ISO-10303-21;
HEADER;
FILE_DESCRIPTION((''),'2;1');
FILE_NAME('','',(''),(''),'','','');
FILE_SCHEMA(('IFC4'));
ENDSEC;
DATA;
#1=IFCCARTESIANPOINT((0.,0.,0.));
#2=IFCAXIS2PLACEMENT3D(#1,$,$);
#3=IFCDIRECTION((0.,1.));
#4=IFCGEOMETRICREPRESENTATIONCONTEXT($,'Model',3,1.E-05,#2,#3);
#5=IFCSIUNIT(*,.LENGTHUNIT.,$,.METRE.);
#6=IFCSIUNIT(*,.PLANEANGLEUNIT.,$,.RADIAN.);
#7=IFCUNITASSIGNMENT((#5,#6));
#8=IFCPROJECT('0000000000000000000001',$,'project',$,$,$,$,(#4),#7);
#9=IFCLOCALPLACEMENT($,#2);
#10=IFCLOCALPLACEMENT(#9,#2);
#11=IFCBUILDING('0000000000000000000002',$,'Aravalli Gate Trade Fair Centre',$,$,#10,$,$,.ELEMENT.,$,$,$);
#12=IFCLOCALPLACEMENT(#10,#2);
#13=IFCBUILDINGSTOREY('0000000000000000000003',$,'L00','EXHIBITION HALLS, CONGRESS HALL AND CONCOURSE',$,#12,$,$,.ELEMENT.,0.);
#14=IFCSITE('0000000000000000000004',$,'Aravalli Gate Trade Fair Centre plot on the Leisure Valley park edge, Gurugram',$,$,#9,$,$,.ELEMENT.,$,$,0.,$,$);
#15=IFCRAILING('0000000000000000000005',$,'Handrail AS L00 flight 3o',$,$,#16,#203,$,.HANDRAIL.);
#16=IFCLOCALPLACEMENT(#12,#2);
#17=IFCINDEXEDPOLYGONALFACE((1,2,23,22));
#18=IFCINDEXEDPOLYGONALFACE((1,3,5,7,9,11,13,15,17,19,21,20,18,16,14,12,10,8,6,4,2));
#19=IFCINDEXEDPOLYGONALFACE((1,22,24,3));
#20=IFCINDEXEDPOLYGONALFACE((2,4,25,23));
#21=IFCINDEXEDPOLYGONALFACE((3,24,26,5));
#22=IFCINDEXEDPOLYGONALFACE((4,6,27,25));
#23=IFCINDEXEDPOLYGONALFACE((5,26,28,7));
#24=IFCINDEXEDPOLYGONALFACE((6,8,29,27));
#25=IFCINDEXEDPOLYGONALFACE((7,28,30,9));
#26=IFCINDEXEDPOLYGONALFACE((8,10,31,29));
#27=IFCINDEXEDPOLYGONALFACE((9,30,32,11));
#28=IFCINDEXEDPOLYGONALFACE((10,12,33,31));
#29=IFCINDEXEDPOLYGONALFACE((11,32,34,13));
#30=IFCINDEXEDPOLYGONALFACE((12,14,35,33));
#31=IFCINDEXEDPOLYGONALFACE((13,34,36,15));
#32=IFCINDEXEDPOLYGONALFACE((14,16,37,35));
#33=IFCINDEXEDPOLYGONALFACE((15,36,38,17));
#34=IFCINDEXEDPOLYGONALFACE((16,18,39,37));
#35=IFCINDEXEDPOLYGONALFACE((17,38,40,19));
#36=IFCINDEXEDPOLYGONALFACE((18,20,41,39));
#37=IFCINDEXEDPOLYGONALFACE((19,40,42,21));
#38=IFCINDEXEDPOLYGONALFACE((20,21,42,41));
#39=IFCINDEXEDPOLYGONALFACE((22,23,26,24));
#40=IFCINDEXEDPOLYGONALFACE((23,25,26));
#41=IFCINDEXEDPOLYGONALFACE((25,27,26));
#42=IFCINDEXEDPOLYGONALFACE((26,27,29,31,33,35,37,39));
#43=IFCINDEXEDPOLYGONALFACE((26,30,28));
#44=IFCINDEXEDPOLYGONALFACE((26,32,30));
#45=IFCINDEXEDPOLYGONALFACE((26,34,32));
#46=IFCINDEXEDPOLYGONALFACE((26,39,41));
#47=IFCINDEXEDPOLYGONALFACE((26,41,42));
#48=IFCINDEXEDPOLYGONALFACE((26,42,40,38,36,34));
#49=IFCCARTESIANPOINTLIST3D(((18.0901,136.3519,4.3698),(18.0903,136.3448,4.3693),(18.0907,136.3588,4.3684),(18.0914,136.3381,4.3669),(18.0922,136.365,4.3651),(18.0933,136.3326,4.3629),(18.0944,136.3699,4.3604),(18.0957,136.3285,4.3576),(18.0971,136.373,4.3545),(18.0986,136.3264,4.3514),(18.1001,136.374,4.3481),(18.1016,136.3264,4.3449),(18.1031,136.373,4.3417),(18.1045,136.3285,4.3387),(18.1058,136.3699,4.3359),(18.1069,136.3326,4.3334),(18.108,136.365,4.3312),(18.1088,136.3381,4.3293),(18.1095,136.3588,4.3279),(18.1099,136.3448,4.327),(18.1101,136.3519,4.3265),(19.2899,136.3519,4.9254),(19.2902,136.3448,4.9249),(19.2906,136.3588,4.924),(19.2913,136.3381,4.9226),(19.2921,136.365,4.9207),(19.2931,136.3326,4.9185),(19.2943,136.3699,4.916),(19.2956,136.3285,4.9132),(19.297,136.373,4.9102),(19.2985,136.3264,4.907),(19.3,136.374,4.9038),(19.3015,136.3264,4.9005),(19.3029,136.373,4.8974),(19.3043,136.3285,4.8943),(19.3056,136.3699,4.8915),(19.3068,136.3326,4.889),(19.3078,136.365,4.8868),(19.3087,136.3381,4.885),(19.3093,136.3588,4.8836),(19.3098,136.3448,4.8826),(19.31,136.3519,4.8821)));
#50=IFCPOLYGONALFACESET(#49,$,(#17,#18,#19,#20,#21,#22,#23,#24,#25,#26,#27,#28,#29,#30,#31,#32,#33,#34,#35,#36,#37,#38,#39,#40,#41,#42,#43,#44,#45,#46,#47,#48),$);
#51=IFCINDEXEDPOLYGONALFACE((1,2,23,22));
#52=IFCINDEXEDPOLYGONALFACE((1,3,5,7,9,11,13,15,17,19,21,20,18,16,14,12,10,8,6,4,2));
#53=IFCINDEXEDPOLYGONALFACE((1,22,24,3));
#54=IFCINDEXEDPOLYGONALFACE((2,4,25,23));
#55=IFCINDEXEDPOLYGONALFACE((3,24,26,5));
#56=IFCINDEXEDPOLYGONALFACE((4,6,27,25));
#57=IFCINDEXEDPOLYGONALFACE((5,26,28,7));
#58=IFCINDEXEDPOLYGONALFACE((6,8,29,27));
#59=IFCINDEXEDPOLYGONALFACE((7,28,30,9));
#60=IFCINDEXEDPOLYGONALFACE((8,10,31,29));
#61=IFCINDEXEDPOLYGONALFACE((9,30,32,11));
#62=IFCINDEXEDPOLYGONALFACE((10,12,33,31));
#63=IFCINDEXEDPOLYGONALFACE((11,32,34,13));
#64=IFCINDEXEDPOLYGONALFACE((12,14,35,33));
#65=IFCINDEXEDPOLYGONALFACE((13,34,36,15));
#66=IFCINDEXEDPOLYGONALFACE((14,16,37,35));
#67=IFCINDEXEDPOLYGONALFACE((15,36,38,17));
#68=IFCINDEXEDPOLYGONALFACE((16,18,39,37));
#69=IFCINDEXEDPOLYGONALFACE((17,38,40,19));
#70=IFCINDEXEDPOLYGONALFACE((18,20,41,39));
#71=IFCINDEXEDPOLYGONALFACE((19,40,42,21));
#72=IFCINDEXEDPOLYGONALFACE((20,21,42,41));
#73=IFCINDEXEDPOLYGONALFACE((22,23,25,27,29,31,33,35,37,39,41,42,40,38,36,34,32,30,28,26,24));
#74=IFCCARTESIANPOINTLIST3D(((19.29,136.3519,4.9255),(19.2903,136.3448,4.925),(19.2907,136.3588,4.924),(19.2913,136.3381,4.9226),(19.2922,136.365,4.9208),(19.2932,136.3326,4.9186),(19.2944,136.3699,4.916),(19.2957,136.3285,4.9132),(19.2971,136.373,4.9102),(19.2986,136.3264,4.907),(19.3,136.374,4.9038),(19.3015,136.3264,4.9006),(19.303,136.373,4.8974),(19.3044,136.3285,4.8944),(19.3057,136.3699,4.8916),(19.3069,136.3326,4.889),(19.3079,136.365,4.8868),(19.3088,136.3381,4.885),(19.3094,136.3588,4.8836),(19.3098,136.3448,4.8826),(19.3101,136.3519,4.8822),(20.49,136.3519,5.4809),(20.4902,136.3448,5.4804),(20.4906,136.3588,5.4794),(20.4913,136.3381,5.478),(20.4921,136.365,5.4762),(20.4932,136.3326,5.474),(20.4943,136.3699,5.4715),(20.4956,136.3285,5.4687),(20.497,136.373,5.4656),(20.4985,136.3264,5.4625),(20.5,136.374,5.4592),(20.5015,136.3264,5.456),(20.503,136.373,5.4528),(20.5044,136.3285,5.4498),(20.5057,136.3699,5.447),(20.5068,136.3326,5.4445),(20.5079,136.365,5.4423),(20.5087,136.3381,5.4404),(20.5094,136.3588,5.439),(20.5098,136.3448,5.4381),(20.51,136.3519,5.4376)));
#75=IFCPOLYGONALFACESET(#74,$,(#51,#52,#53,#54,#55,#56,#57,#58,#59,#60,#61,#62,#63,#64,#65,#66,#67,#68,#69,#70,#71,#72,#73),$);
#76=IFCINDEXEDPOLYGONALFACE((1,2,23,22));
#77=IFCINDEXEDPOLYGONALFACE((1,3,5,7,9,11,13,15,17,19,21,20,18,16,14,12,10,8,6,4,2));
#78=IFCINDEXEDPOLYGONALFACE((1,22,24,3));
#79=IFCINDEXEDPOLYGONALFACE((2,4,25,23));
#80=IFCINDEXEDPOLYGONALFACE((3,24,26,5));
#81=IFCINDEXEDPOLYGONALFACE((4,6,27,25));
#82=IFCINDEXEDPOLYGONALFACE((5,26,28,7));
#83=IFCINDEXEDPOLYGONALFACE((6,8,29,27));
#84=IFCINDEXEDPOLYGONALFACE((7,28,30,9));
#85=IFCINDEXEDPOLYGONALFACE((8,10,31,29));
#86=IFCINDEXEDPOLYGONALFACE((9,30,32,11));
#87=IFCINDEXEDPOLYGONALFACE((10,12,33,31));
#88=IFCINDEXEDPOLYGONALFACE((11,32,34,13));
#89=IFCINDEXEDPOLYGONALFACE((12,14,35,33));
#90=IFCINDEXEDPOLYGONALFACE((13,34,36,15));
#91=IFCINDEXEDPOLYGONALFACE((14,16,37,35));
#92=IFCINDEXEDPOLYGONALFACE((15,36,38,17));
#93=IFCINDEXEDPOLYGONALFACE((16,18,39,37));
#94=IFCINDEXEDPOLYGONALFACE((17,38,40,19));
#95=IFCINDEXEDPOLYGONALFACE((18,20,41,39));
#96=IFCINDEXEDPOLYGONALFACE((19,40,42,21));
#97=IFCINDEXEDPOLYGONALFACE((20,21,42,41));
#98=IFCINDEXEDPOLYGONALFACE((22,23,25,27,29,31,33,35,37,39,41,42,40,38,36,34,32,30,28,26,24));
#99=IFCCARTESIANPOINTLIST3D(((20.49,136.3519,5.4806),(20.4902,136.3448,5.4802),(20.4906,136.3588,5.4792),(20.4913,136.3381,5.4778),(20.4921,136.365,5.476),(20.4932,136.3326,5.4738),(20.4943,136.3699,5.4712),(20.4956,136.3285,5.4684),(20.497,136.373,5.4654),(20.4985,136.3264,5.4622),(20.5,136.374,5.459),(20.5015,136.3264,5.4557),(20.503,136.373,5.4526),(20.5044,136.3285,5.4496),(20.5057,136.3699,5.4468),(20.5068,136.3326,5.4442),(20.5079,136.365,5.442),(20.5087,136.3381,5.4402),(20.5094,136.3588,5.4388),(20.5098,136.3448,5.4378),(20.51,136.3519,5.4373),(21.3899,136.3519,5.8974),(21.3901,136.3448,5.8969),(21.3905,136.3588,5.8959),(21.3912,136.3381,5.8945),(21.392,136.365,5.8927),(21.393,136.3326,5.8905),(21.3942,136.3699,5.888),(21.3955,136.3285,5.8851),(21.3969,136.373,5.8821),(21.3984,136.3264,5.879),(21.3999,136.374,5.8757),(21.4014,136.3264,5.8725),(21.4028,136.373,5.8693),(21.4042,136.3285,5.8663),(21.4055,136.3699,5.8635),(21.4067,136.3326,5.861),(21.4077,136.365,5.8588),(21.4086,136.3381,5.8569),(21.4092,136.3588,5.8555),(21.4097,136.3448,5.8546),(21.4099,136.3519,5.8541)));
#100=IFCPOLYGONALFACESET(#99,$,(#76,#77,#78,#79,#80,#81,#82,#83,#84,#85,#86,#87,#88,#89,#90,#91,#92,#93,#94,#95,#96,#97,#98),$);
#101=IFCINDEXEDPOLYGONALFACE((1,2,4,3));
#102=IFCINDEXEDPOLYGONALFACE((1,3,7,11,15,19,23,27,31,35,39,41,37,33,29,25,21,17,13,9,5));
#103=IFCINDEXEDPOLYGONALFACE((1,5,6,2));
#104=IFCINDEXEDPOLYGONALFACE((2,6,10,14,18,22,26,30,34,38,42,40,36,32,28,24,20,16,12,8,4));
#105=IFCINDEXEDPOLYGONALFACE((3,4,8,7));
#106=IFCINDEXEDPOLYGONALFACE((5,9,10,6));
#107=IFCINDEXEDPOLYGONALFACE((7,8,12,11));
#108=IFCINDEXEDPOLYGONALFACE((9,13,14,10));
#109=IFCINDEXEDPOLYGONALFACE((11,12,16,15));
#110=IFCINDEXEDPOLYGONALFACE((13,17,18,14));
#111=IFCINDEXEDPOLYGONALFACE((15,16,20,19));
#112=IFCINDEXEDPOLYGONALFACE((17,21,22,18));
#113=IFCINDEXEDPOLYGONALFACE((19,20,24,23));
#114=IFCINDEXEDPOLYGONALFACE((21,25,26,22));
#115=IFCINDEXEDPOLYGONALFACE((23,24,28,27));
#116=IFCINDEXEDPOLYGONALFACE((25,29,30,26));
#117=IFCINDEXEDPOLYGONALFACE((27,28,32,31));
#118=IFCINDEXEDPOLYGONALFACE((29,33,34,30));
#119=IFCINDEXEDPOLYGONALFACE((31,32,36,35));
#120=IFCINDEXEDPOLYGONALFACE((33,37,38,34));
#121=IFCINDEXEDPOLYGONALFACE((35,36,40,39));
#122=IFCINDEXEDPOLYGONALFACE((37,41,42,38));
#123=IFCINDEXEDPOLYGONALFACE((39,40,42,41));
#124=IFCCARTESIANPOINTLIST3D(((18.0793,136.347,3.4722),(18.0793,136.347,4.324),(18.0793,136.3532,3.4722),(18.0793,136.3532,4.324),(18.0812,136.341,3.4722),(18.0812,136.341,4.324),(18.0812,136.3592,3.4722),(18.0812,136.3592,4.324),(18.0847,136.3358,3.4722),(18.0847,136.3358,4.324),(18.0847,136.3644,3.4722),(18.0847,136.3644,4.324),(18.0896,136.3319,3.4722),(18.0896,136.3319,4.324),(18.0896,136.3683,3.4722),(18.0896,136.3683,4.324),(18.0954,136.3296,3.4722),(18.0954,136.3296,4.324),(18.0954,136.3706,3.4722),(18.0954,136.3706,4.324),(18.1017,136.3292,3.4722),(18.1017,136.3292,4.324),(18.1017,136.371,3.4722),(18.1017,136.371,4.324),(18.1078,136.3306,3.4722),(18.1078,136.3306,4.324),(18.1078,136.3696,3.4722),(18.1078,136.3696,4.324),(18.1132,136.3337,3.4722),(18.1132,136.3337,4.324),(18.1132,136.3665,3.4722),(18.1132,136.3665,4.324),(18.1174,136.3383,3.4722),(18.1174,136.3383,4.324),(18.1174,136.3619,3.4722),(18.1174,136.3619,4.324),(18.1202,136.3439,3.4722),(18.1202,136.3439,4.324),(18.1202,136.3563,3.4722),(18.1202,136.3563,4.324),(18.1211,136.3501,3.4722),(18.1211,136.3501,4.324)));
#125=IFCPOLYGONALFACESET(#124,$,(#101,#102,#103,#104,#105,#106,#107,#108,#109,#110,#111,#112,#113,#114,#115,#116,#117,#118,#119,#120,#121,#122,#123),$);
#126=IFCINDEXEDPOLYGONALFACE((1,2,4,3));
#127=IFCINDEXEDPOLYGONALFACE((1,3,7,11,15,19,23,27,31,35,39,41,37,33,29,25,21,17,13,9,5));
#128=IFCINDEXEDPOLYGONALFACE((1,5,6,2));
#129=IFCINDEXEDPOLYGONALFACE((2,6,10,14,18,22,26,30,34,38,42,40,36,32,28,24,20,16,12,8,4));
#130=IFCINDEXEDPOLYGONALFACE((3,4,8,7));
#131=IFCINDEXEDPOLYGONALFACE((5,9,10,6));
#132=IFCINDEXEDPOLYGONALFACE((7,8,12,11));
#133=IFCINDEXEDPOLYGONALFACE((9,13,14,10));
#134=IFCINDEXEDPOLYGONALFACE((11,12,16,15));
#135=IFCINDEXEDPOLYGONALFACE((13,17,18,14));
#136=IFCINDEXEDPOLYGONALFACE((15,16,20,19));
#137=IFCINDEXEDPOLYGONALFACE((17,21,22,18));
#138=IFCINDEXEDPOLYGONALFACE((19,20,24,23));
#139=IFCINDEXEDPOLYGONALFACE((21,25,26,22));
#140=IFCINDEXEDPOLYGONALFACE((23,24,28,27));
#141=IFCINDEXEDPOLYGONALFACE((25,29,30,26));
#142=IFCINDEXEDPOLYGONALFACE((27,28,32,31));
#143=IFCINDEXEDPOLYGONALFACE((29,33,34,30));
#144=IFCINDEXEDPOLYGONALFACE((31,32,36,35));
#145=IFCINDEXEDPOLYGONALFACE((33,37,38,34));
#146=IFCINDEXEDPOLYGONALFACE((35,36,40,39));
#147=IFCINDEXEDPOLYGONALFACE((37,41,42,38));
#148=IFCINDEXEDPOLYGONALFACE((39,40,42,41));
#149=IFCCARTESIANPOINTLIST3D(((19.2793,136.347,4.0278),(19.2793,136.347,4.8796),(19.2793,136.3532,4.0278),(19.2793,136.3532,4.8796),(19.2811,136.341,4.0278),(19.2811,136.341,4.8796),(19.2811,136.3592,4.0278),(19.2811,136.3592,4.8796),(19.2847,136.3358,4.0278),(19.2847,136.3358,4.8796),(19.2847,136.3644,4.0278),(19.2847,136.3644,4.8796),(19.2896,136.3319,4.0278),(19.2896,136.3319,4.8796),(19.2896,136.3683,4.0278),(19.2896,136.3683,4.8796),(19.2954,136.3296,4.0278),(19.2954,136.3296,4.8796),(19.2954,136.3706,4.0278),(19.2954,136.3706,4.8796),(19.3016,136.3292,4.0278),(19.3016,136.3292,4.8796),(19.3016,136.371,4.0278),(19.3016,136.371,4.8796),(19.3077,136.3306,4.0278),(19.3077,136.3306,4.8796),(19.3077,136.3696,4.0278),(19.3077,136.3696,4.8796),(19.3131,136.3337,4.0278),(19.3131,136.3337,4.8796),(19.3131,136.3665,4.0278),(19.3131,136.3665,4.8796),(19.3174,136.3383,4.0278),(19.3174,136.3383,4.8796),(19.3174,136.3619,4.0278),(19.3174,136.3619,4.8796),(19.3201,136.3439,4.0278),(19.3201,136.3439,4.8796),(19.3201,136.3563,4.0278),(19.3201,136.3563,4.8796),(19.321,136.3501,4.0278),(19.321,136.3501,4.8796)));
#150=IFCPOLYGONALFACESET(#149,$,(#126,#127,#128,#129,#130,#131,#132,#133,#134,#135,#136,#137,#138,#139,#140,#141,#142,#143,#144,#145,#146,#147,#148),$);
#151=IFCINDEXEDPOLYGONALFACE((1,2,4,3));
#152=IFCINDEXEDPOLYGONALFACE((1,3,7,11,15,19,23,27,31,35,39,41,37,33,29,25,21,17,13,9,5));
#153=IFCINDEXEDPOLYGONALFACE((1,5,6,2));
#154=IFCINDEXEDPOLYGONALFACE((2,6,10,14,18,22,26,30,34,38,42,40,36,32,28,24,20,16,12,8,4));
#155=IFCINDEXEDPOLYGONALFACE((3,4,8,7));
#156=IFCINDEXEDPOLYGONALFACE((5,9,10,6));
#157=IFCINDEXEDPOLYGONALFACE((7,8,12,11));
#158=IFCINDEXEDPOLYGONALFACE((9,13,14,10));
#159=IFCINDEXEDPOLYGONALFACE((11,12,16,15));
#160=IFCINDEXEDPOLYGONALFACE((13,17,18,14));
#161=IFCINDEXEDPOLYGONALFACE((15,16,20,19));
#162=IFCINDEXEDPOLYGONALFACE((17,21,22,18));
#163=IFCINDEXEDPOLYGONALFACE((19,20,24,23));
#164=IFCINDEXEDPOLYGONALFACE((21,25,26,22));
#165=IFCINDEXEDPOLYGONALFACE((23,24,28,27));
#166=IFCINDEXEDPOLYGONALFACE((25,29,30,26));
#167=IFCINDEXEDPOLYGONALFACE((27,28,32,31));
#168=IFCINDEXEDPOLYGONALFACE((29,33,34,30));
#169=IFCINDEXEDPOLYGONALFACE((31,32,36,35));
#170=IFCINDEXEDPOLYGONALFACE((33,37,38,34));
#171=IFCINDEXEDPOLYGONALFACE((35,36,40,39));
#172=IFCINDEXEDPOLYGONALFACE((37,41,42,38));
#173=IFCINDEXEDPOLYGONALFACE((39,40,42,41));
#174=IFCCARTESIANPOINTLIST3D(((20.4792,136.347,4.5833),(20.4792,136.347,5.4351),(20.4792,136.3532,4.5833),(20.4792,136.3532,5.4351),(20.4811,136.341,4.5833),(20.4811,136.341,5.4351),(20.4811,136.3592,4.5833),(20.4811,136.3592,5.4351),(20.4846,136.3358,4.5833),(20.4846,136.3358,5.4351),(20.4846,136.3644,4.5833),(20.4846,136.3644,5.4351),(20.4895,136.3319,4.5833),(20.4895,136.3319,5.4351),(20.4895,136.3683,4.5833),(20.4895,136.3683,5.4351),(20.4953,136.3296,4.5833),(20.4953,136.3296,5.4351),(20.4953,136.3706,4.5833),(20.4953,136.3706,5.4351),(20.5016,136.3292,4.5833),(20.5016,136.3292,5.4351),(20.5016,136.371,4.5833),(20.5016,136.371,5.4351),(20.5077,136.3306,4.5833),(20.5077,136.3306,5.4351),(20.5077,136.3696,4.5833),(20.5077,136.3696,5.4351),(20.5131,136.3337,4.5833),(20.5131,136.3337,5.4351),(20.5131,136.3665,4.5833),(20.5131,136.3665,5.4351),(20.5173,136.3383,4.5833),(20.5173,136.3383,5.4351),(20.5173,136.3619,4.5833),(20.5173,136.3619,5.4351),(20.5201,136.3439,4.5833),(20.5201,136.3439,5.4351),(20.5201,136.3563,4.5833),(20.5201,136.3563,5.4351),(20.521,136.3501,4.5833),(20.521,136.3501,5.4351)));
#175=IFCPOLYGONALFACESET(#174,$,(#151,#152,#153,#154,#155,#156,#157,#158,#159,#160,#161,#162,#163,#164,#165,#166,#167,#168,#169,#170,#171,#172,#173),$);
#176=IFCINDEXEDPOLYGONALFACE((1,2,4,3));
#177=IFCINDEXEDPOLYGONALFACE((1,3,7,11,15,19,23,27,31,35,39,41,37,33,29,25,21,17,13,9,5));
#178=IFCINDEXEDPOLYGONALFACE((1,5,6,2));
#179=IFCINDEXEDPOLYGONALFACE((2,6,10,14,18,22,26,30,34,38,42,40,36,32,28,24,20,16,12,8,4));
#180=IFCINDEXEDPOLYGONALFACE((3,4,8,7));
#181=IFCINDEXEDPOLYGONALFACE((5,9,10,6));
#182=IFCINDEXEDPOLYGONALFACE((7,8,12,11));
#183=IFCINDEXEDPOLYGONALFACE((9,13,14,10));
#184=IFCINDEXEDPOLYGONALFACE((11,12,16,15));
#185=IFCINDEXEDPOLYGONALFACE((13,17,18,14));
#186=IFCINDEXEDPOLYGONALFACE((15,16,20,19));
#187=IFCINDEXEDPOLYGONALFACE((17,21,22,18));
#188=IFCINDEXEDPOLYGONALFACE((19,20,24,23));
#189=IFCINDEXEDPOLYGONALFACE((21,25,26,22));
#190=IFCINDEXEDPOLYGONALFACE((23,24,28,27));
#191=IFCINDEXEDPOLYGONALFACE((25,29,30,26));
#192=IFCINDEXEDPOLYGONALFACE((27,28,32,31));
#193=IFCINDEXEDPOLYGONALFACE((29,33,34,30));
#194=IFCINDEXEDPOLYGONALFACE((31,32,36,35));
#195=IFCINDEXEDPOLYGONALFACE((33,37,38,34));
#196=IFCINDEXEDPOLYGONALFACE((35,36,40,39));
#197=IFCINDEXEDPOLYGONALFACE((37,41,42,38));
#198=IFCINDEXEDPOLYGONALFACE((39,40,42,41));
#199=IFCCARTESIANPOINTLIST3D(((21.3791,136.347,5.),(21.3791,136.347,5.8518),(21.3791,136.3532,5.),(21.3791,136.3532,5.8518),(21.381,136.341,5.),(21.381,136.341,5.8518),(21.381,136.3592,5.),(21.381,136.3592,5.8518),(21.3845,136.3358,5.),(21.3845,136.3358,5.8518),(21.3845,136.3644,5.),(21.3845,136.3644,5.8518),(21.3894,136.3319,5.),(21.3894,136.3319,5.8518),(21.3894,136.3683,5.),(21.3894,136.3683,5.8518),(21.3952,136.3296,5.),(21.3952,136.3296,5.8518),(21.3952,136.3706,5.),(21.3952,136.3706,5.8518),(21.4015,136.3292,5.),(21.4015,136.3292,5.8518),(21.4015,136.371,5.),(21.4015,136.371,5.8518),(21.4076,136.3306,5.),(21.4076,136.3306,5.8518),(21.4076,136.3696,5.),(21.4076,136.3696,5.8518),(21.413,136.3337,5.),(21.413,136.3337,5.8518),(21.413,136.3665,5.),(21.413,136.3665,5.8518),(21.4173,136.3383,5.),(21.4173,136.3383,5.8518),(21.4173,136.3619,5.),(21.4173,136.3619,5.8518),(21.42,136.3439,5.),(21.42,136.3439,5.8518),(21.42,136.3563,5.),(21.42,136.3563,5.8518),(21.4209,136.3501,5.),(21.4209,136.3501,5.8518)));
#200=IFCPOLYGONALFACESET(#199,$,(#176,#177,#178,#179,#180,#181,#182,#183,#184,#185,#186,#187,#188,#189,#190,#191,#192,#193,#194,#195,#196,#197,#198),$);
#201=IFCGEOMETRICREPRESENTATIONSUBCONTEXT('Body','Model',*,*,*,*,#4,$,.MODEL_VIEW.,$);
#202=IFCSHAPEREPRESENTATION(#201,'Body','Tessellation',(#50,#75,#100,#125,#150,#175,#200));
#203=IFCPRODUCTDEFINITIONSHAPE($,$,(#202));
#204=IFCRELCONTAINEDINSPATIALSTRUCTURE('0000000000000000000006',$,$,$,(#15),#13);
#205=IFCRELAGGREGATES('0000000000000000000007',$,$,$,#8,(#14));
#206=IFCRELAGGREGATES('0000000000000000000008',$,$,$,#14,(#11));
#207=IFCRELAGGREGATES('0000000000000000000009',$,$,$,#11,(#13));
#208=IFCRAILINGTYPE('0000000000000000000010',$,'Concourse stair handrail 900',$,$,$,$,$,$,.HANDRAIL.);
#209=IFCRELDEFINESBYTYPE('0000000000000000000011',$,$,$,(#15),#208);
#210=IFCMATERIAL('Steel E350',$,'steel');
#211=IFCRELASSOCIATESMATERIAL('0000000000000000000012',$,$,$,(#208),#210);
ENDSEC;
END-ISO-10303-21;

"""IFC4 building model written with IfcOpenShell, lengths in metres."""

from ifc_helpers import new_model, si_unit, direction, frame, origin, origin_2d, place, context, subcontext, project, spatial, circle, extrude, material, type_object, element, save


model = new_model("IFC4")

# Units and contexts
model_context = context("Model", 3, precision=1e-05, world=origin(), true_north=direction((0.0, 1.0)))
body_context = subcontext(model_context, "Body", "Model", "MODEL_VIEW")
ifc_project = project(units=[si_unit("LENGTHUNIT", "METRE"), si_unit("PLANEANGLEUNIT", "RADIAN")], contexts=[model_context])

# Site, building, storey
site_placement = place(None, origin())
site = spatial("IfcSite", under=ifc_project, at=site_placement, Name="Aravalli Gate Trade Fair Centre plot on the Leisure Valley park edge, Gurugram", CompositionType="ELEMENT", RefElevation=0.0)
building_placement = place(site_placement, origin())
building = spatial("IfcBuilding", under=site, at=building_placement, Name="Aravalli Gate Trade Fair Centre", CompositionType="ELEMENT")
storey_placement = place(building_placement, origin())
storey = spatial("IfcBuildingStorey", under=building, at=storey_placement, Name="L00", Description="EXHIBITION HALLS, CONGRESS HALL AND CONCOURSE", CompositionType="ELEMENT", Elevation=0.0)

# Railing
ifc_material_1 = material(Name="Steel E350", Category="steel")
railing_type_1 = type_object("IfcRailingType", Name="Concourse stair handrail 900", PredefinedType="HANDRAIL", material=ifc_material_1)
for number, where, name in (
    (1, (18.1001, 136.3501, 3.4722), "Handrail AS L00 flight 3o"),
):
    element("IfcRailing", number, at=place(storey_placement, frame(where)), inside=storey, type_object=railing_type_1, Name=name, PredefinedType="HANDRAIL", context=body_context, shape_type="SweptSolid", body=[
        extrude(circle(Radius=0.0239, at=origin_2d()), frame((0.0, 0.0, 0.876), z_axis=(0.907429, 0.0, 0.420205), x_axis=(0.0, 1.0, 0.0)), (0.0, 0.0, 1.0), 1.3223),
        extrude(circle(Radius=0.0239, at=origin_2d()), frame((1.2, 0.0, 1.4316), z_axis=(0.907499, 0.0, 0.420053), x_axis=(0.0, 1.0, 0.0)), (0.0, 0.0, 1.0), 1.3223),
        extrude(circle(Radius=0.0239, at=origin_2d()), frame((2.3999, 0.0, 1.9868), z_axis=(0.907418, 0.0, 0.420229), x_axis=(0.0, 1.0, 0.0)), (0.0, 0.0, 1.0), 0.9917),
        extrude(circle(Radius=0.021, at=origin_2d()), origin(), (0.0, 0.0, 1.0), 0.8518),
        extrude(circle(Radius=0.021, at=origin_2d()), frame((1.2, 0.0, 0.5557)), (0.0, 0.0, 1.0), 0.8518),
        extrude(circle(Radius=0.021, at=origin_2d()), frame((2.3999, 0.0, 1.1111)), (0.0, 0.0, 1.0), 0.8518),
        extrude(circle(Radius=0.021, at=origin_2d()), frame((3.2998, 0.0, 1.5278)), (0.0, 0.0, 1.0), 0.8518),
    ])

save(model, "model.ifc")
